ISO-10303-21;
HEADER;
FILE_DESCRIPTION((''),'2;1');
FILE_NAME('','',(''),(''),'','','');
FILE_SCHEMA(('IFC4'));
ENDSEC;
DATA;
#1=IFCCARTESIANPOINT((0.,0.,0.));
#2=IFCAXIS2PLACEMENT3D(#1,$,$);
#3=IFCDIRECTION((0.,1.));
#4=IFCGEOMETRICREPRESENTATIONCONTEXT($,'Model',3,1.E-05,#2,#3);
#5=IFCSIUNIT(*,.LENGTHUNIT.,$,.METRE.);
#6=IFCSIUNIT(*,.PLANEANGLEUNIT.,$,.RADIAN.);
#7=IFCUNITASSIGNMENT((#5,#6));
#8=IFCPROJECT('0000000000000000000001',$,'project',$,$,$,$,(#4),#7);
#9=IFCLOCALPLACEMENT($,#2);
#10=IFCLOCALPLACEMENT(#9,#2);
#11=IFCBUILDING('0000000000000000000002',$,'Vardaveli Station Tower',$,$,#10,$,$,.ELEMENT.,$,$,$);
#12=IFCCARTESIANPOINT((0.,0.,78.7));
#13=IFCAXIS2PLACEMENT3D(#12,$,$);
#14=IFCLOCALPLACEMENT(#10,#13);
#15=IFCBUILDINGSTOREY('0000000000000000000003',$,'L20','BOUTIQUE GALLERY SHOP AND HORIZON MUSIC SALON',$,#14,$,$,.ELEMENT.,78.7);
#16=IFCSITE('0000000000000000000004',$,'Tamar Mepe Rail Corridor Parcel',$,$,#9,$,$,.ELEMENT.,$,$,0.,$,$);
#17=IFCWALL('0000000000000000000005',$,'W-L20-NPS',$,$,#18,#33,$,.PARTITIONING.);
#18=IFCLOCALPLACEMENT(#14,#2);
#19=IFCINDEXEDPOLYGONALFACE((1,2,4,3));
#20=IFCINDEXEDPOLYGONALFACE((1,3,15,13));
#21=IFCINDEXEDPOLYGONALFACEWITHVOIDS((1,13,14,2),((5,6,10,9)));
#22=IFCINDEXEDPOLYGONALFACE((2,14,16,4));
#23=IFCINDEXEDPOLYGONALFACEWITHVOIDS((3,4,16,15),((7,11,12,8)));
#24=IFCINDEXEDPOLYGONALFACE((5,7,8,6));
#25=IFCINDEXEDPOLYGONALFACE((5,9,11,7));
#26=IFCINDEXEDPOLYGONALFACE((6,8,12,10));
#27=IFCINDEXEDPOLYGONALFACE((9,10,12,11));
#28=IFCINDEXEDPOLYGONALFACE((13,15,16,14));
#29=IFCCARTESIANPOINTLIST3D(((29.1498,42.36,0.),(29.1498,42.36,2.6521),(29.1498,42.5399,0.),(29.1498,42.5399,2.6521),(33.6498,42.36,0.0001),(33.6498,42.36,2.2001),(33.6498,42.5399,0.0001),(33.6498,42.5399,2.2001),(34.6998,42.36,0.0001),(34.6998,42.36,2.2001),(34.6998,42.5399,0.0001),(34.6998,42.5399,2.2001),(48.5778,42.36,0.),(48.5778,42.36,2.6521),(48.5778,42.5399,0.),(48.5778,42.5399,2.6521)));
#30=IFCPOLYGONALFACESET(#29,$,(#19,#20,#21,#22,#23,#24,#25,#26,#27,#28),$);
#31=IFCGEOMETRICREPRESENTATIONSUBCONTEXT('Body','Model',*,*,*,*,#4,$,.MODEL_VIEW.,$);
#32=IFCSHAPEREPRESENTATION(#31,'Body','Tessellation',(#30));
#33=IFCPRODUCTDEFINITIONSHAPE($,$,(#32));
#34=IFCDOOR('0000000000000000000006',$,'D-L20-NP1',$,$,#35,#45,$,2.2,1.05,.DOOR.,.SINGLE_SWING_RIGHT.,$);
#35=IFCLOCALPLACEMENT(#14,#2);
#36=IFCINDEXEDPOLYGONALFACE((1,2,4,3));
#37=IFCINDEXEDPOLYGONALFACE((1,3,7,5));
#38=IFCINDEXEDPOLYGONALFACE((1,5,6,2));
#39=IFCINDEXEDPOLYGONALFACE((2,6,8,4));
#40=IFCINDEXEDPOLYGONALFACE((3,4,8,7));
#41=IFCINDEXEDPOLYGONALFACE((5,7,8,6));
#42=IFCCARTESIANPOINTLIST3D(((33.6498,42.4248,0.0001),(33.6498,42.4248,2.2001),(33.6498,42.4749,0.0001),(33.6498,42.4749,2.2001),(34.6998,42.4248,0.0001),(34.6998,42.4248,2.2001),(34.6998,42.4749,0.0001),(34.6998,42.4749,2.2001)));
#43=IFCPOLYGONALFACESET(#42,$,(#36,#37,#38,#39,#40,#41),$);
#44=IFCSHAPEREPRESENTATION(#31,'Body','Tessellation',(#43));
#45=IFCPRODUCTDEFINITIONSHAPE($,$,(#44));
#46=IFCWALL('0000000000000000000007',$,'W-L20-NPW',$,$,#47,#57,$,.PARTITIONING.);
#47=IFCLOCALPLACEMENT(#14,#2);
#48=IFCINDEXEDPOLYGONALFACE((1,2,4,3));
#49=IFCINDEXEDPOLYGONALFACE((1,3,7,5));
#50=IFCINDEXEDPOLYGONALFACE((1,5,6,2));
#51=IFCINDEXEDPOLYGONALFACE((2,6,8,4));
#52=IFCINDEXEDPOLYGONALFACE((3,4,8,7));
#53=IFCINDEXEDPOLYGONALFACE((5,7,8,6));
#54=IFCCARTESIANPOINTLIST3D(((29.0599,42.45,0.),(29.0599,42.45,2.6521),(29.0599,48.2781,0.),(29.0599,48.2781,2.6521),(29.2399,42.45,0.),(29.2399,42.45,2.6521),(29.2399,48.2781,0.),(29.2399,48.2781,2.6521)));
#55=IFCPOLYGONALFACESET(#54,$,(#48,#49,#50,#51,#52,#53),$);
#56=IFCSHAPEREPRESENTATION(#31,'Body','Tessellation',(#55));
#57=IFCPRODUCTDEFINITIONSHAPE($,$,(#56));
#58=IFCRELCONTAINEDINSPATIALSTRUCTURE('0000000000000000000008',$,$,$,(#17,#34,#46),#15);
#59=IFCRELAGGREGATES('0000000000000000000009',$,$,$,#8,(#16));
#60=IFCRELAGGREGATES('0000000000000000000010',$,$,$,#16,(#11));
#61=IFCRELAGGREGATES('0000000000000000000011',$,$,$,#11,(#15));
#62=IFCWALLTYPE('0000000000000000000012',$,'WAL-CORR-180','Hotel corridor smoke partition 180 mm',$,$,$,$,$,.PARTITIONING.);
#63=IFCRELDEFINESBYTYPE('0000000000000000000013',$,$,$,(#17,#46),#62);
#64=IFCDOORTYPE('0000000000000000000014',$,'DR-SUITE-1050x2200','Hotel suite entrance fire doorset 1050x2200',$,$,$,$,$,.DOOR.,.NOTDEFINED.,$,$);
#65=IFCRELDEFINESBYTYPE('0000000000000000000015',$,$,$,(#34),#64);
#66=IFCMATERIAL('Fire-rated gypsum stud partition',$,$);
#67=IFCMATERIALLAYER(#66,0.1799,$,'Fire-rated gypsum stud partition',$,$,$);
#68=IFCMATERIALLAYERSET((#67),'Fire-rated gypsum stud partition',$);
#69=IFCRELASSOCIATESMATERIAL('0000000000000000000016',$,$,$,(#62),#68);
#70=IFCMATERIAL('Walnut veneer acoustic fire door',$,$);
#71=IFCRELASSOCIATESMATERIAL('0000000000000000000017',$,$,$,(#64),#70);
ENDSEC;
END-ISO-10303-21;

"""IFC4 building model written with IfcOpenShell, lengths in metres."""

from ifc_helpers import new_model, si_unit, direction, frame, frame_2d, origin, place, context, subcontext, project, spatial, rectangle, extrude, source, transform, mapped, material, layer, layer_set, type_object, element, fill, save


model = new_model("IFC4")

# Units and contexts
model_context = context("Model", 3, precision=1e-05, world=origin(), true_north=direction((0.0, 1.0)))
body_context = subcontext(model_context, "Body", "Model", "MODEL_VIEW")
ifc_project = project(units=[si_unit("LENGTHUNIT", "METRE"), si_unit("PLANEANGLEUNIT", "RADIAN")], contexts=[model_context])

# Site, building, storey
site_placement = place(None, origin())
site = spatial("IfcSite", under=ifc_project, at=site_placement, Name="Tamar Mepe Rail Corridor Parcel", CompositionType="ELEMENT", RefElevation=0.0)
building_placement = place(site_placement, origin())
building = spatial("IfcBuilding", under=site, at=building_placement, Name="Vardaveli Station Tower", CompositionType="ELEMENT")
storey_placement = place(building_placement, frame((0.0, 0.0, 78.7)))
storey = spatial("IfcBuildingStorey", under=building, at=storey_placement, Name="L20", Description="BOUTIQUE GALLERY SHOP AND HORIZON MUSIC SALON", CompositionType="ELEMENT", Elevation=78.7)

# Wall, opening, door
ifc_material_1 = material(Name="Fire-rated gypsum stud partition")
ifc_layer_1 = layer(ifc_material_1, 0.1799, Name="Fire-rated gypsum stud partition")
ifc_layer_set_1 = layer_set([ifc_layer_1], Name="Fire-rated gypsum stud partition")
wall_type_1 = type_object("IfcWallType", Name="WAL-CORR-180", Description="Hotel corridor smoke partition 180 mm", PredefinedType="PARTITIONING", material=ifc_layer_set_1)
shared_shape_1 = source(origin(), body_context, "Body", "SweptSolid", [
    extrude(rectangle(XDim=19.428, YDim=0.1799, at=frame_2d((9.7139, 0.0))), origin(), (0.0, 0.0, 1.0), 2.6521),
])
wall_1_placement = place(storey_placement, frame((29.1499, 42.45, 0.0), z_axis=(0.0, 0.0, 1.0), x_axis=(1.0, 0.0, 0.0)))
wall_1 = element("IfcWall", 1, at=wall_1_placement, inside=storey, type_object=wall_type_1, Name="W-L20-NPS", PredefinedType="PARTITIONING", context=body_context, shape_type="MappedRepresentation", body=[
    mapped(shared_shape_1, transform((0.0, 0.0, 0.0), scale=1.0)),
])
shared_shape_2 = source(origin(), body_context, "Body", "SweptSolid", [
    extrude(rectangle(XDim=1.05, YDim=2.2, at=frame_2d((0.5249, 1.1001))), frame((0.0, 0.1001, 0.0), z_axis=(0.0, -1.0, 0.0), x_axis=(1.0, 0.0, 0.0)), (0.0, 0.0, 1.0), 0.2),
])
opening_1_placement = place(wall_1_placement, frame((4.5, 0.0, 0.0)))
opening_1 = element("IfcOpeningElement", 2, at=opening_1_placement, cuts=wall_1, PredefinedType="OPENING", context=body_context, shape_type="MappedRepresentation", body=[
    mapped(shared_shape_2, transform((0.0, 0.0, 0.0), scale=1.0)),
])
ifc_material_2 = material(Name="Walnut veneer acoustic fire door")
door_type = type_object("IfcDoorType", Name="DR-SUITE-1050x2200", Description="Hotel suite entrance fire doorset 1050x2200", OperationType="NOTDEFINED", PredefinedType="DOOR", material=ifc_material_2)
shared_shape_3 = source(origin(), body_context, "Body", "SweptSolid", [
    extrude(rectangle(XDim=1.05, YDim=2.2, at=frame_2d((0.5249, 1.1001))), frame((0.0, 0.0249, 0.0), z_axis=(0.0, -1.0, 0.0), x_axis=(1.0, 0.0, 0.0)), (0.0, 0.0, 1.0), 0.05),
])
door_placement = place(opening_1_placement, origin())
door = element("IfcDoor", 3, at=door_placement, inside=storey, type_object=door_type, Name="D-L20-NP1", OperationType="SINGLE_SWING_RIGHT", OverallHeight=2.2, OverallWidth=1.05, PredefinedType="DOOR", context=body_context, shape_type="MappedRepresentation", body=[
    mapped(shared_shape_3, transform((0.0, 0.0, 0.0), scale=1.0)),
])
fill(opening_1, door)

# Wall
shared_shape_4 = source(origin(), body_context, "Body", "SweptSolid", [
    extrude(rectangle(XDim=5.8281, YDim=0.1799, at=frame_2d((2.9141, 0.0))), origin(), (0.0, 0.0, 1.0), 2.6521),
])
wall_2_placement = place(storey_placement, frame((29.1499, 42.45, 0.0), z_axis=(0.0, 0.0, 1.0), x_axis=(0.0, 1.0, 0.0)))
element("IfcWall", 4, at=wall_2_placement, inside=storey, type_object=wall_type_1, Name="W-L20-NPW", PredefinedType="PARTITIONING", context=body_context, shape_type="MappedRepresentation", body=[
    mapped(shared_shape_4, transform((0.0, 0.0, 0.0), scale=1.0)),
])

save(model, "model.ifc")
